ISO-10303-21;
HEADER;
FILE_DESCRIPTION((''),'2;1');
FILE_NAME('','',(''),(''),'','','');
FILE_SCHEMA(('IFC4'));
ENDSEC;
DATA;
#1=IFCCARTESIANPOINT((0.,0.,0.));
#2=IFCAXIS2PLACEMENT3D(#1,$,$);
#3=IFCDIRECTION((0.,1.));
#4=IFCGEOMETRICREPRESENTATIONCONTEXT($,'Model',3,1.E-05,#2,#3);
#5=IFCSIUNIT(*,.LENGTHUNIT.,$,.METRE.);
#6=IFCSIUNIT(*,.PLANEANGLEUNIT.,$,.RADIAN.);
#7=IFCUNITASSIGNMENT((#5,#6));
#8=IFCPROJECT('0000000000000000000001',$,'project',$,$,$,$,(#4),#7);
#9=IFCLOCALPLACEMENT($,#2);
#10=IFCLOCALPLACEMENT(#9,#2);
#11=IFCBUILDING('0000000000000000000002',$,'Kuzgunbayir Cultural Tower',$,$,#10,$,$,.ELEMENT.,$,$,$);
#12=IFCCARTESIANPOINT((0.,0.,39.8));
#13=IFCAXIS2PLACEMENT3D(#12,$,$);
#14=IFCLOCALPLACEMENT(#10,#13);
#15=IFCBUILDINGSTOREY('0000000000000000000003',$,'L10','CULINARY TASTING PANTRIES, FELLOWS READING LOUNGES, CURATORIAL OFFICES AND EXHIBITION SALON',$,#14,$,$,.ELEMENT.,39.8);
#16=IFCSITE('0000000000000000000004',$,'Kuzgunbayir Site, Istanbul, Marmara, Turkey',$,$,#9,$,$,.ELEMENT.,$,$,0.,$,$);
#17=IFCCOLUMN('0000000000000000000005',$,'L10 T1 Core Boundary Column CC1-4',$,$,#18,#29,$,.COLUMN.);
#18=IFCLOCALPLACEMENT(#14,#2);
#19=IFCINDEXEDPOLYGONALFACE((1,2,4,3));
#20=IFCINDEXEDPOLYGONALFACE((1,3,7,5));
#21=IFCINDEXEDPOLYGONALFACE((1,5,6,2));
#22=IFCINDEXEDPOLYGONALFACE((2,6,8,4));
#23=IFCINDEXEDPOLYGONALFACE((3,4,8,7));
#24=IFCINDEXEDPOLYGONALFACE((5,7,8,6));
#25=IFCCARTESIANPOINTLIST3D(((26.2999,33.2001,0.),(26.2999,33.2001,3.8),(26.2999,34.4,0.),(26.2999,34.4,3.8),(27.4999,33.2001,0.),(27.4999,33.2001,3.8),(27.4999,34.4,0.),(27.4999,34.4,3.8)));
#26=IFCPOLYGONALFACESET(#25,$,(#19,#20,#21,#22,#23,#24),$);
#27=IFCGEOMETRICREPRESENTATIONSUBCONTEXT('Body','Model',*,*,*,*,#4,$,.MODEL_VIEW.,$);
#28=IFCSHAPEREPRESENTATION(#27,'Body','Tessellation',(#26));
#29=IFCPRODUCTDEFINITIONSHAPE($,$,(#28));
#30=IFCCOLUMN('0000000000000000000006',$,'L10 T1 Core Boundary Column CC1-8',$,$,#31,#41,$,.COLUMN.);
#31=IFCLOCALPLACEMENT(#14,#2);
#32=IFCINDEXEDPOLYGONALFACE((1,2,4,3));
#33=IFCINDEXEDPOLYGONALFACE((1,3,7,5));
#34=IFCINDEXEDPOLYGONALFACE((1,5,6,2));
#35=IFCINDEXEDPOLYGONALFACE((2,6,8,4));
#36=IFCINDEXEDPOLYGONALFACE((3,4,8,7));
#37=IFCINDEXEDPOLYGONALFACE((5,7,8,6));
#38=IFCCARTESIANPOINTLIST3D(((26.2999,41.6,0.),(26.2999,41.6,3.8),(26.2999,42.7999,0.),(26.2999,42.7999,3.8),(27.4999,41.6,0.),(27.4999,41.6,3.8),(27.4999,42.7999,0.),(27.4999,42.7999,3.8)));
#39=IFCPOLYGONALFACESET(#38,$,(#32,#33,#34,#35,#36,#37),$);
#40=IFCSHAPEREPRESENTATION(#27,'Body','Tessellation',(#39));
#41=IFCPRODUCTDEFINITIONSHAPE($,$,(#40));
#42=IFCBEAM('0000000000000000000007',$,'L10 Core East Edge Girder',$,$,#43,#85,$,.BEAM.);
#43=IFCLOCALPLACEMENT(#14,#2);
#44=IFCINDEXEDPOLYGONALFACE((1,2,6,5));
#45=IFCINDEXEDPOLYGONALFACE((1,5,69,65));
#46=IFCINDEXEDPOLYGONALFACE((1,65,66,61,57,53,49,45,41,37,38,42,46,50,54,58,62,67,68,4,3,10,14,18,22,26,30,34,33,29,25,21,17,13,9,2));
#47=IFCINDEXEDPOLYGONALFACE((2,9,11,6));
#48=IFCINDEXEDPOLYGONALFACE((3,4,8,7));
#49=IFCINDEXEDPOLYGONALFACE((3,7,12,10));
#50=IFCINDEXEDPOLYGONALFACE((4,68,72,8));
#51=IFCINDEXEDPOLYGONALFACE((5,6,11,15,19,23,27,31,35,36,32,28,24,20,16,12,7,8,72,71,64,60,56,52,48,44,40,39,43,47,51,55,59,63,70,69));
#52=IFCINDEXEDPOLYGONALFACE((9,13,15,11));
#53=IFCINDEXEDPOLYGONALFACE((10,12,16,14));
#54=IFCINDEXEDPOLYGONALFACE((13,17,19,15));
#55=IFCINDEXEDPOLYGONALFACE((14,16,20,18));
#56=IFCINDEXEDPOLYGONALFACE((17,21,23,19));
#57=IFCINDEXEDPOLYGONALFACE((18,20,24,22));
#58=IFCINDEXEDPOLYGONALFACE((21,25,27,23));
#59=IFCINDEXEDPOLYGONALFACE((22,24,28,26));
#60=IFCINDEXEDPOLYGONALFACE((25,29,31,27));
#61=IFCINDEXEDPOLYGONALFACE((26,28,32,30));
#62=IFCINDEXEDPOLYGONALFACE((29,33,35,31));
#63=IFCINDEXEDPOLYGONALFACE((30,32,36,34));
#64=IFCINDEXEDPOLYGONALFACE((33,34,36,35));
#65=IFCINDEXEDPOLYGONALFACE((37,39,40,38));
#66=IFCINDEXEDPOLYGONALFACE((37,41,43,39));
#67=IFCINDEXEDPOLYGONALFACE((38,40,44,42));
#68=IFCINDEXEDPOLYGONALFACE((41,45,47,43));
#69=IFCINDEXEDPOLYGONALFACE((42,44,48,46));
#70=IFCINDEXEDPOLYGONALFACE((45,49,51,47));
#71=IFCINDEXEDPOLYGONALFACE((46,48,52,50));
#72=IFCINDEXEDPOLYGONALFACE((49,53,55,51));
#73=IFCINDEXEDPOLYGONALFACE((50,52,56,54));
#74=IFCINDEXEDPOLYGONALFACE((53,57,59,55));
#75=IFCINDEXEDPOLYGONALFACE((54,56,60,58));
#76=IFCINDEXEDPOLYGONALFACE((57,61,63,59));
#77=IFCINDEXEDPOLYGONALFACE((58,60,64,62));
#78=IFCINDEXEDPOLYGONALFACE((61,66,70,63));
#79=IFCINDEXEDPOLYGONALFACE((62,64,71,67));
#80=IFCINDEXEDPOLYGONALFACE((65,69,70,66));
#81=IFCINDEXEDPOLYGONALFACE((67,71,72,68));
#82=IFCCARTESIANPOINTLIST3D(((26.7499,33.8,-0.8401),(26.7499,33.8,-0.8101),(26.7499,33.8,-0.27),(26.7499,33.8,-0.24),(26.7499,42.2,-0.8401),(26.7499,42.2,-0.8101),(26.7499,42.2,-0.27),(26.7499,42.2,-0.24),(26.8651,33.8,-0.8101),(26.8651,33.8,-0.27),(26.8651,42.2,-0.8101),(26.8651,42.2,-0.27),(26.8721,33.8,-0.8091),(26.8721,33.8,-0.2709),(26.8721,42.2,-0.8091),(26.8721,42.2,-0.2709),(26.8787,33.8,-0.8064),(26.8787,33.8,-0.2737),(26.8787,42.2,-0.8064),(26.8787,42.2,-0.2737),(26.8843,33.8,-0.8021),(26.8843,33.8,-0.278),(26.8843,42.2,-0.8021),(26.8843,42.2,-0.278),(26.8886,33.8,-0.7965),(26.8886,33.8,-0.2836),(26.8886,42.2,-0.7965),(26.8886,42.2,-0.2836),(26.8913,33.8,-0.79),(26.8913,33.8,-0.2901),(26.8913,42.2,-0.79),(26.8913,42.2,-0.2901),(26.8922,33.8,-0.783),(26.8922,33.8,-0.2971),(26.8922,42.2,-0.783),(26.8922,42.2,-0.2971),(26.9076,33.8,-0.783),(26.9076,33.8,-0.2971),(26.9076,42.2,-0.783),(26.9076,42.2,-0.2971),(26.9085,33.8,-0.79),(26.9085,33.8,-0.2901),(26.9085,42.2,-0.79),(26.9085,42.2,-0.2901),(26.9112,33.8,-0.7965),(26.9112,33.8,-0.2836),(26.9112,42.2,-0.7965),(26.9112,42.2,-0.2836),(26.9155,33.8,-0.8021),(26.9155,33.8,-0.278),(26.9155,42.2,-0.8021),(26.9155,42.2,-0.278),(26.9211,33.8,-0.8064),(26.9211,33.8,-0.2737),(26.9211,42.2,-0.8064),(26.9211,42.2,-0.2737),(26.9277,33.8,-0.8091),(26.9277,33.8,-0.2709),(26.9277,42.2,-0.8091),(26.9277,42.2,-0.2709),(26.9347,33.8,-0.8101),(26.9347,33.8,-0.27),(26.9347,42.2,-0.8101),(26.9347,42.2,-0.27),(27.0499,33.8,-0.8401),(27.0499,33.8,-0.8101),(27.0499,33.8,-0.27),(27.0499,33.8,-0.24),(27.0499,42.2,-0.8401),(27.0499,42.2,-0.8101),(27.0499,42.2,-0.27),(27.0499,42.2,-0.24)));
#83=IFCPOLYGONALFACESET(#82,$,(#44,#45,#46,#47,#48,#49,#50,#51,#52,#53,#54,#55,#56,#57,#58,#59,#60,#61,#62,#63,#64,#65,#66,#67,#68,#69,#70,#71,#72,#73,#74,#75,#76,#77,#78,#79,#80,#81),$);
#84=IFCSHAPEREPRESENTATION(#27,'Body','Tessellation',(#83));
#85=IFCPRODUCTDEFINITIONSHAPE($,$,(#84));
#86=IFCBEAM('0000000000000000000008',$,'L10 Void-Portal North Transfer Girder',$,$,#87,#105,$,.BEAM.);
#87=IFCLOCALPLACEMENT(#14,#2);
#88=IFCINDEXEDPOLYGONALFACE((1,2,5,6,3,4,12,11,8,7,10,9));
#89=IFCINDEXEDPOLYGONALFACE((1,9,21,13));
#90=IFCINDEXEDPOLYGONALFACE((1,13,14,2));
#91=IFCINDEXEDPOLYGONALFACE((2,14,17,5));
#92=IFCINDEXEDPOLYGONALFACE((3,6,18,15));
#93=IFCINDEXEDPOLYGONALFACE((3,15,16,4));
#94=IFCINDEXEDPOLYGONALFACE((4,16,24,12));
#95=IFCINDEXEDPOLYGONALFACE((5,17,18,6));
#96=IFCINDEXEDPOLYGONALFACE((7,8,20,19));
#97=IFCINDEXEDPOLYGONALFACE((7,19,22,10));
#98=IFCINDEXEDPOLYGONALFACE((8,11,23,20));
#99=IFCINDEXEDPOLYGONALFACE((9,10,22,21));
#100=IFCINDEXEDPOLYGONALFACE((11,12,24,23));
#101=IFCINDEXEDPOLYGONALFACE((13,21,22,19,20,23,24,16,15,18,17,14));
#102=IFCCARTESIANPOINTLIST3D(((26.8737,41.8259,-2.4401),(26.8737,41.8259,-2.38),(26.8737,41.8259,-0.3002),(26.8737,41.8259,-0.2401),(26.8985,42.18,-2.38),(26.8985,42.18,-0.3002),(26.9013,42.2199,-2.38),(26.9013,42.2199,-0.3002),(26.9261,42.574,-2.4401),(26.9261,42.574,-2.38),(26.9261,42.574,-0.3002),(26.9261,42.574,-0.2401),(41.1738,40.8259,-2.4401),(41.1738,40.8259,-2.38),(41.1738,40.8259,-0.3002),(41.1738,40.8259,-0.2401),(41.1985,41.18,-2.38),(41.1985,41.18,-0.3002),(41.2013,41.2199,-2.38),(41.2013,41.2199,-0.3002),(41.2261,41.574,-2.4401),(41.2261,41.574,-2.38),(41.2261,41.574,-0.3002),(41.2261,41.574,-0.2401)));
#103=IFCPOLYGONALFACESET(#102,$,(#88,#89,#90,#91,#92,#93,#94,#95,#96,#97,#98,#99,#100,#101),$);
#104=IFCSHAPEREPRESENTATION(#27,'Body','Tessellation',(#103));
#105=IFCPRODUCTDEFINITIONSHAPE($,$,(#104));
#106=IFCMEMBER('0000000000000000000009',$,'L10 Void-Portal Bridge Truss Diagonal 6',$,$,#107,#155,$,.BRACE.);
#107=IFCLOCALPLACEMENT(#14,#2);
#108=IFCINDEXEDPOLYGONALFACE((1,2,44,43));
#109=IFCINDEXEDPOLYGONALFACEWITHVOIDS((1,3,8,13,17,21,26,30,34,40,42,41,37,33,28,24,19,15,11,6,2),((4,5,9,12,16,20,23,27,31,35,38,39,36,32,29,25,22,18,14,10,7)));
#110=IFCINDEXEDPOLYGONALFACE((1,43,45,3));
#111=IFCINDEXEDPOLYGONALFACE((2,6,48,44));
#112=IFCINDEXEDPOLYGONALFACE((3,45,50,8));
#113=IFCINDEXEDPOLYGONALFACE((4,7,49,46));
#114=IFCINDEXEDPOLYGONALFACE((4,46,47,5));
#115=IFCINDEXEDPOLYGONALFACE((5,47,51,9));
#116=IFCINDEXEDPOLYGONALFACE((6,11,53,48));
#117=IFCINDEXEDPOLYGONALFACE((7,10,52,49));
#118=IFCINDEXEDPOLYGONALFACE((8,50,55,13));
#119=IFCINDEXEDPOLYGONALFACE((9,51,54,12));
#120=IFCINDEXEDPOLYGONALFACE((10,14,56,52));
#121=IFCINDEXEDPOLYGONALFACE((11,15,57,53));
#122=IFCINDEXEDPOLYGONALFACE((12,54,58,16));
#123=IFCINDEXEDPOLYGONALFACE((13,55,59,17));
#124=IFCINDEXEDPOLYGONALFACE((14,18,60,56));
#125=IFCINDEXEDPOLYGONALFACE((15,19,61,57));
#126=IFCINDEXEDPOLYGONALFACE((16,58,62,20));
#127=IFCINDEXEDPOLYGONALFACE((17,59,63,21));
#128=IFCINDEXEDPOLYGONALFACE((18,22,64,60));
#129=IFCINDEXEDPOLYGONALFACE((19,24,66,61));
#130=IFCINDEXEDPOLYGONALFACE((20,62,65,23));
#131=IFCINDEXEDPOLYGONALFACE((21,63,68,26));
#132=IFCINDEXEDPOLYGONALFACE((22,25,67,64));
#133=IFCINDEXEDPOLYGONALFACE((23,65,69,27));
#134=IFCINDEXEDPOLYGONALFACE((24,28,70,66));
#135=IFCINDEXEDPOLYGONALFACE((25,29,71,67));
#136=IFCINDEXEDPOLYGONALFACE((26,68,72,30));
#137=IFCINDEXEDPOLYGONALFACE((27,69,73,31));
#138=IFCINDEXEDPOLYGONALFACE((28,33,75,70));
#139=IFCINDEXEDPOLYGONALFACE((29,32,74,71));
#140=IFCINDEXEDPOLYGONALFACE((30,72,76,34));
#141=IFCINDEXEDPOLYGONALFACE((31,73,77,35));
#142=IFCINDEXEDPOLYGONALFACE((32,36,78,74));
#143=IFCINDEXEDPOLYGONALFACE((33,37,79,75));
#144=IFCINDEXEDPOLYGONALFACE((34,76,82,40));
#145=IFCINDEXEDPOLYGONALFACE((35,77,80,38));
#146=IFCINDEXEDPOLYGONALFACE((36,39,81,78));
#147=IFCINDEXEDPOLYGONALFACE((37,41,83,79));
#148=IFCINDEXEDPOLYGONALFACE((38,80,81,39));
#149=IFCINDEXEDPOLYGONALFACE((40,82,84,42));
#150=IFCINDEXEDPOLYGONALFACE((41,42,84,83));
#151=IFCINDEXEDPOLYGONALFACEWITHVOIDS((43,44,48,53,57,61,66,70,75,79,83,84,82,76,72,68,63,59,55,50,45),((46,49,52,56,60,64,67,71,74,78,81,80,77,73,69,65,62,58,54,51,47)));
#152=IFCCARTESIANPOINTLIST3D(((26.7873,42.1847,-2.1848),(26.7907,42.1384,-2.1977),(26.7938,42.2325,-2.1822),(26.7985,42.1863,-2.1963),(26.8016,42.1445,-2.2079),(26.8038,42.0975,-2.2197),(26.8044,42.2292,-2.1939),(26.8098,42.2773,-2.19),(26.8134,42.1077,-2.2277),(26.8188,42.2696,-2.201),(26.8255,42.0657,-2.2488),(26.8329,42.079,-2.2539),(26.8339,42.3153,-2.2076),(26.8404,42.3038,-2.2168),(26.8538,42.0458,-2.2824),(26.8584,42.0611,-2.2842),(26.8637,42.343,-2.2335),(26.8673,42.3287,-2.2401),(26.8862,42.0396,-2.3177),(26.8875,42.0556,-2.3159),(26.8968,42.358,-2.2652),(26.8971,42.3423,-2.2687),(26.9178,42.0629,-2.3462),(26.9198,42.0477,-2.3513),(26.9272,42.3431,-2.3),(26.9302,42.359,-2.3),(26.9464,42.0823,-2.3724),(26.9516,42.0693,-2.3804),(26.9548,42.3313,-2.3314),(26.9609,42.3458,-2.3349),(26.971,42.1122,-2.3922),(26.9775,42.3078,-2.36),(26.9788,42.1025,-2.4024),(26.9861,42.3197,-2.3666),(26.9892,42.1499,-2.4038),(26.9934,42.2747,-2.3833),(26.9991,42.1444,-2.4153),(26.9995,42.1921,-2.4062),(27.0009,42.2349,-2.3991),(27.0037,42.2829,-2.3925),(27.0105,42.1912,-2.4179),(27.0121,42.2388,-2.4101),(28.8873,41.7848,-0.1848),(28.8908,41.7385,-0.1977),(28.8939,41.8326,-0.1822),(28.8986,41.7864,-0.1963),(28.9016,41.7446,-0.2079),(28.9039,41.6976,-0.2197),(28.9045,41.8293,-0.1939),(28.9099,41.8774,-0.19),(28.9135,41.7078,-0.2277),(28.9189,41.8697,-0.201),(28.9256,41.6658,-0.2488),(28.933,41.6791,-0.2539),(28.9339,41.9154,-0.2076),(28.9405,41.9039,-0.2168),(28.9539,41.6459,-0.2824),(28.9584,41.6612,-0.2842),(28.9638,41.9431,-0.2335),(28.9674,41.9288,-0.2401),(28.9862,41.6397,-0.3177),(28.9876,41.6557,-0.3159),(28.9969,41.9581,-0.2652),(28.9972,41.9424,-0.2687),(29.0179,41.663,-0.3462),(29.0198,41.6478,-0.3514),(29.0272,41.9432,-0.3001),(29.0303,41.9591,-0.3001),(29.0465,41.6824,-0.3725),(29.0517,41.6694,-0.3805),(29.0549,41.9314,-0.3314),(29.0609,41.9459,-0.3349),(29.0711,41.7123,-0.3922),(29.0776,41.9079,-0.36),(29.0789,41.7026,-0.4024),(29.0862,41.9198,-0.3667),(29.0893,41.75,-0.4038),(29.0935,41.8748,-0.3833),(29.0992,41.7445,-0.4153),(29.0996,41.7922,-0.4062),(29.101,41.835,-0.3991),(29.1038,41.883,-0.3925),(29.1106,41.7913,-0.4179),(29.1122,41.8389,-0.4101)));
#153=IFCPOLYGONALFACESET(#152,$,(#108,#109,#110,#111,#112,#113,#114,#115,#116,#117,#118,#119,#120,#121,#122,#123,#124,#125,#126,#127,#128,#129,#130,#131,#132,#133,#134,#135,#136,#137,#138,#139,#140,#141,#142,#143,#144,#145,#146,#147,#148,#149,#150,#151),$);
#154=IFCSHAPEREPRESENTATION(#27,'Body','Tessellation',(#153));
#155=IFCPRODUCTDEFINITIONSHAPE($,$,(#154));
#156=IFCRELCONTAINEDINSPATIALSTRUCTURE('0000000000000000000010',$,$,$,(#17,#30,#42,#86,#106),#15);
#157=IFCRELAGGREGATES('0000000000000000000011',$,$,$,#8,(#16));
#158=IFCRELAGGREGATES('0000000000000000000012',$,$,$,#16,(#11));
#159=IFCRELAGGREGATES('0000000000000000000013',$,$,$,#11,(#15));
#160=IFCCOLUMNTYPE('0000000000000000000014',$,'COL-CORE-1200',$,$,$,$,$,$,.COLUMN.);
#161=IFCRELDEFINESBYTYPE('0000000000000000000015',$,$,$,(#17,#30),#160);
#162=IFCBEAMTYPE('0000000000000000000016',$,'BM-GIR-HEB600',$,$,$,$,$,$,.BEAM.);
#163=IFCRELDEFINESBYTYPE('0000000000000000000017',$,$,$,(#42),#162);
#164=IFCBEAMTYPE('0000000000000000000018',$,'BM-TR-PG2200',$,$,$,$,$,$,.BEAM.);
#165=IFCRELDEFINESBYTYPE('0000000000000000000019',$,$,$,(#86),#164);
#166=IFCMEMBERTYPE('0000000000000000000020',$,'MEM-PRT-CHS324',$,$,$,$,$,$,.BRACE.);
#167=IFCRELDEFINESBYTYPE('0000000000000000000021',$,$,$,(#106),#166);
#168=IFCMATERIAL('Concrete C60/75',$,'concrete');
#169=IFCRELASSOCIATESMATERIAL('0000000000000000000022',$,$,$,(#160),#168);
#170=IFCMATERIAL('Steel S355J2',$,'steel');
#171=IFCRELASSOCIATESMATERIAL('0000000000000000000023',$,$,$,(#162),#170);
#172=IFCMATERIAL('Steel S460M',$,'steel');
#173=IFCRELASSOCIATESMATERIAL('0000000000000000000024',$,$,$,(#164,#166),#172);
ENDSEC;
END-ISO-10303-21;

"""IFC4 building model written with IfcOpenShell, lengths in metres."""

from ifc_helpers import new_model, si_unit, direction, frame, origin, origin_2d, place, context, subcontext, project, spatial, rectangle, hollow_circle, i_section, extrude, material, material_profile, profile_set, type_object, element, save


model = new_model("IFC4")

# Units and contexts
model_context = context("Model", 3, precision=1e-05, world=origin(), true_north=direction((0.0, 1.0)))
body_context = subcontext(model_context, "Body", "Model", "MODEL_VIEW")
ifc_project = project(units=[si_unit("LENGTHUNIT", "METRE"), si_unit("PLANEANGLEUNIT", "RADIAN")], contexts=[model_context])

# Site, building, storey
site_placement = place(None, origin())
site = spatial("IfcSite", under=ifc_project, at=site_placement, Name="Kuzgunbayir Site, Istanbul, Marmara, Turkey", CompositionType="ELEMENT", RefElevation=0.0)
building_placement = place(site_placement, origin())
building = spatial("IfcBuilding", under=site, at=building_placement, Name="Kuzgunbayir Cultural Tower", CompositionType="ELEMENT")
storey_placement = place(building_placement, frame((0.0, 0.0, 39.8)))
storey = spatial("IfcBuildingStorey", under=building, at=storey_placement, Name="L10", Description="CULINARY TASTING PANTRIES, FELLOWS READING LOUNGES, CURATORIAL OFFICES AND EXHIBITION SALON", CompositionType="ELEMENT", Elevation=39.8)

# Columns
ifc_material_1 = material(Name="Concrete C60/75", Category="concrete")
ifc_material_profile_1 = material_profile(ifc_material_1, rectangle(XDim=1.2, YDim=1.2, at=origin_2d()), Name="RC 1200x1200")
ifc_profile_set_1 = profile_set([ifc_material_profile_1], Name="Concrete C60/75")
column_type = type_object("IfcColumnType", Name="COL-CORE-1200", PredefinedType="COLUMN", material=ifc_profile_set_1)
for number, where, z_axis, x_axis, name in (
    (1, (26.8999, 33.8, 0.0), (0.0, 0.0, 1.0), (1.0, 0.0, 0.0), "L10 T1 Core Boundary Column CC1-4"),
    (2, (26.8999, 42.2, 0.0), (0.0, 0.0, 1.0), (1.0, 0.0, 0.0), "L10 T1 Core Boundary Column CC1-8"),
):
    element("IfcColumn", number, at=place(storey_placement, frame(where, z_axis=z_axis, x_axis=x_axis)), inside=storey, type_object=column_type, Name=name, PredefinedType="COLUMN", context=body_context, shape_type="SweptSolid", body=[
        extrude(rectangle(XDim=1.2, YDim=1.2, at=origin_2d()), origin(), (0.0, 0.0, 1.0), 3.8),
    ])

# Beams
ifc_material_2 = material(Name="Steel S355J2", Category="steel")
ifc_material_profile_2 = material_profile(ifc_material_2, i_section(OverallWidth=0.3, OverallDepth=0.6001, WebThickness=0.0154, FlangeThickness=0.03, FilletRadius=0.0271, at=origin_2d()), Name="HEB 600")
ifc_profile_set_2 = profile_set([ifc_material_profile_2], Name="Steel S355J2")
beam_type_1 = type_object("IfcBeamType", Name="BM-GIR-HEB600", PredefinedType="BEAM", material=ifc_profile_set_2)
beam_1_placement = place(storey_placement, frame((26.8999, 33.8, -0.54), z_axis=(0.0, 1.0, 0.0), x_axis=(-1.0, 0.0, 0.0)))
element("IfcBeam", 3, at=beam_1_placement, inside=storey, type_object=beam_type_1, Name="L10 Core East Edge Girder", PredefinedType="BEAM", context=body_context, shape_type="SweptSolid", body=[
    extrude(i_section(OverallWidth=0.3, OverallDepth=0.6001, WebThickness=0.0154, FlangeThickness=0.03, FilletRadius=0.0271, at=origin_2d()), origin(), (0.0, 0.0, 1.0), 8.3999),
])
ifc_material_3 = material(Name="Steel S460M", Category="steel")
ifc_material_profile_3 = material_profile(ifc_material_3, i_section(OverallWidth=0.75, OverallDepth=2.2, WebThickness=0.04, FlangeThickness=0.0601, at=origin_2d()), Name="PG 2200x750x40x60")
ifc_profile_set_3 = profile_set([ifc_material_profile_3], Name="Steel S460M")
beam_type_2 = type_object("IfcBeamType", Name="BM-TR-PG2200", PredefinedType="BEAM", material=ifc_profile_set_3)
beam_2_placement = place(storey_placement, frame((26.8999, 42.2, -1.3401), z_axis=(0.997564, -0.069759, 0.0), x_axis=(0.069759, 0.997564, 0.0)))
element("IfcBeam", 4, at=beam_2_placement, inside=storey, type_object=beam_type_2, Name="L10 Void-Portal North Transfer Girder", PredefinedType="BEAM", context=body_context, shape_type="SweptSolid", body=[
    extrude(i_section(OverallWidth=0.75, OverallDepth=2.2, WebThickness=0.04, FlangeThickness=0.0601, at=origin_2d()), origin(), (0.0, 0.0, 1.0), 14.335),
])

# Member
ifc_material_profile_4 = material_profile(ifc_material_3, hollow_circle(Radius=0.1619, WallThickness=0.0161, at=origin_2d()), Name="CHS 323.9x16")
ifc_profile_set_4 = profile_set([ifc_material_profile_4], Name="Steel S460M")
member_type_1 = type_object("IfcMemberType", Name="MEM-PRT-CHS324", PredefinedType="BRACE", material=ifc_profile_set_4)
member_1_placement = place(storey_placement, frame((26.8999, 42.2, -2.3), z_axis=(0.717366, -0.136601, 0.683174), x_axis=(0.18706, 0.982349, 0.0)))
element("IfcMember", 5, at=member_1_placement, inside=storey, type_object=member_type_1, Name="L10 Void-Portal Bridge Truss Diagonal 6", PredefinedType="BRACE", context=body_context, shape_type="SweptSolid", body=[
    extrude(hollow_circle(Radius=0.1619, WallThickness=0.0161, at=origin_2d()), origin(), (0.0, 0.0, 1.0), 2.9275),
])

save(model, "model.ifc")
